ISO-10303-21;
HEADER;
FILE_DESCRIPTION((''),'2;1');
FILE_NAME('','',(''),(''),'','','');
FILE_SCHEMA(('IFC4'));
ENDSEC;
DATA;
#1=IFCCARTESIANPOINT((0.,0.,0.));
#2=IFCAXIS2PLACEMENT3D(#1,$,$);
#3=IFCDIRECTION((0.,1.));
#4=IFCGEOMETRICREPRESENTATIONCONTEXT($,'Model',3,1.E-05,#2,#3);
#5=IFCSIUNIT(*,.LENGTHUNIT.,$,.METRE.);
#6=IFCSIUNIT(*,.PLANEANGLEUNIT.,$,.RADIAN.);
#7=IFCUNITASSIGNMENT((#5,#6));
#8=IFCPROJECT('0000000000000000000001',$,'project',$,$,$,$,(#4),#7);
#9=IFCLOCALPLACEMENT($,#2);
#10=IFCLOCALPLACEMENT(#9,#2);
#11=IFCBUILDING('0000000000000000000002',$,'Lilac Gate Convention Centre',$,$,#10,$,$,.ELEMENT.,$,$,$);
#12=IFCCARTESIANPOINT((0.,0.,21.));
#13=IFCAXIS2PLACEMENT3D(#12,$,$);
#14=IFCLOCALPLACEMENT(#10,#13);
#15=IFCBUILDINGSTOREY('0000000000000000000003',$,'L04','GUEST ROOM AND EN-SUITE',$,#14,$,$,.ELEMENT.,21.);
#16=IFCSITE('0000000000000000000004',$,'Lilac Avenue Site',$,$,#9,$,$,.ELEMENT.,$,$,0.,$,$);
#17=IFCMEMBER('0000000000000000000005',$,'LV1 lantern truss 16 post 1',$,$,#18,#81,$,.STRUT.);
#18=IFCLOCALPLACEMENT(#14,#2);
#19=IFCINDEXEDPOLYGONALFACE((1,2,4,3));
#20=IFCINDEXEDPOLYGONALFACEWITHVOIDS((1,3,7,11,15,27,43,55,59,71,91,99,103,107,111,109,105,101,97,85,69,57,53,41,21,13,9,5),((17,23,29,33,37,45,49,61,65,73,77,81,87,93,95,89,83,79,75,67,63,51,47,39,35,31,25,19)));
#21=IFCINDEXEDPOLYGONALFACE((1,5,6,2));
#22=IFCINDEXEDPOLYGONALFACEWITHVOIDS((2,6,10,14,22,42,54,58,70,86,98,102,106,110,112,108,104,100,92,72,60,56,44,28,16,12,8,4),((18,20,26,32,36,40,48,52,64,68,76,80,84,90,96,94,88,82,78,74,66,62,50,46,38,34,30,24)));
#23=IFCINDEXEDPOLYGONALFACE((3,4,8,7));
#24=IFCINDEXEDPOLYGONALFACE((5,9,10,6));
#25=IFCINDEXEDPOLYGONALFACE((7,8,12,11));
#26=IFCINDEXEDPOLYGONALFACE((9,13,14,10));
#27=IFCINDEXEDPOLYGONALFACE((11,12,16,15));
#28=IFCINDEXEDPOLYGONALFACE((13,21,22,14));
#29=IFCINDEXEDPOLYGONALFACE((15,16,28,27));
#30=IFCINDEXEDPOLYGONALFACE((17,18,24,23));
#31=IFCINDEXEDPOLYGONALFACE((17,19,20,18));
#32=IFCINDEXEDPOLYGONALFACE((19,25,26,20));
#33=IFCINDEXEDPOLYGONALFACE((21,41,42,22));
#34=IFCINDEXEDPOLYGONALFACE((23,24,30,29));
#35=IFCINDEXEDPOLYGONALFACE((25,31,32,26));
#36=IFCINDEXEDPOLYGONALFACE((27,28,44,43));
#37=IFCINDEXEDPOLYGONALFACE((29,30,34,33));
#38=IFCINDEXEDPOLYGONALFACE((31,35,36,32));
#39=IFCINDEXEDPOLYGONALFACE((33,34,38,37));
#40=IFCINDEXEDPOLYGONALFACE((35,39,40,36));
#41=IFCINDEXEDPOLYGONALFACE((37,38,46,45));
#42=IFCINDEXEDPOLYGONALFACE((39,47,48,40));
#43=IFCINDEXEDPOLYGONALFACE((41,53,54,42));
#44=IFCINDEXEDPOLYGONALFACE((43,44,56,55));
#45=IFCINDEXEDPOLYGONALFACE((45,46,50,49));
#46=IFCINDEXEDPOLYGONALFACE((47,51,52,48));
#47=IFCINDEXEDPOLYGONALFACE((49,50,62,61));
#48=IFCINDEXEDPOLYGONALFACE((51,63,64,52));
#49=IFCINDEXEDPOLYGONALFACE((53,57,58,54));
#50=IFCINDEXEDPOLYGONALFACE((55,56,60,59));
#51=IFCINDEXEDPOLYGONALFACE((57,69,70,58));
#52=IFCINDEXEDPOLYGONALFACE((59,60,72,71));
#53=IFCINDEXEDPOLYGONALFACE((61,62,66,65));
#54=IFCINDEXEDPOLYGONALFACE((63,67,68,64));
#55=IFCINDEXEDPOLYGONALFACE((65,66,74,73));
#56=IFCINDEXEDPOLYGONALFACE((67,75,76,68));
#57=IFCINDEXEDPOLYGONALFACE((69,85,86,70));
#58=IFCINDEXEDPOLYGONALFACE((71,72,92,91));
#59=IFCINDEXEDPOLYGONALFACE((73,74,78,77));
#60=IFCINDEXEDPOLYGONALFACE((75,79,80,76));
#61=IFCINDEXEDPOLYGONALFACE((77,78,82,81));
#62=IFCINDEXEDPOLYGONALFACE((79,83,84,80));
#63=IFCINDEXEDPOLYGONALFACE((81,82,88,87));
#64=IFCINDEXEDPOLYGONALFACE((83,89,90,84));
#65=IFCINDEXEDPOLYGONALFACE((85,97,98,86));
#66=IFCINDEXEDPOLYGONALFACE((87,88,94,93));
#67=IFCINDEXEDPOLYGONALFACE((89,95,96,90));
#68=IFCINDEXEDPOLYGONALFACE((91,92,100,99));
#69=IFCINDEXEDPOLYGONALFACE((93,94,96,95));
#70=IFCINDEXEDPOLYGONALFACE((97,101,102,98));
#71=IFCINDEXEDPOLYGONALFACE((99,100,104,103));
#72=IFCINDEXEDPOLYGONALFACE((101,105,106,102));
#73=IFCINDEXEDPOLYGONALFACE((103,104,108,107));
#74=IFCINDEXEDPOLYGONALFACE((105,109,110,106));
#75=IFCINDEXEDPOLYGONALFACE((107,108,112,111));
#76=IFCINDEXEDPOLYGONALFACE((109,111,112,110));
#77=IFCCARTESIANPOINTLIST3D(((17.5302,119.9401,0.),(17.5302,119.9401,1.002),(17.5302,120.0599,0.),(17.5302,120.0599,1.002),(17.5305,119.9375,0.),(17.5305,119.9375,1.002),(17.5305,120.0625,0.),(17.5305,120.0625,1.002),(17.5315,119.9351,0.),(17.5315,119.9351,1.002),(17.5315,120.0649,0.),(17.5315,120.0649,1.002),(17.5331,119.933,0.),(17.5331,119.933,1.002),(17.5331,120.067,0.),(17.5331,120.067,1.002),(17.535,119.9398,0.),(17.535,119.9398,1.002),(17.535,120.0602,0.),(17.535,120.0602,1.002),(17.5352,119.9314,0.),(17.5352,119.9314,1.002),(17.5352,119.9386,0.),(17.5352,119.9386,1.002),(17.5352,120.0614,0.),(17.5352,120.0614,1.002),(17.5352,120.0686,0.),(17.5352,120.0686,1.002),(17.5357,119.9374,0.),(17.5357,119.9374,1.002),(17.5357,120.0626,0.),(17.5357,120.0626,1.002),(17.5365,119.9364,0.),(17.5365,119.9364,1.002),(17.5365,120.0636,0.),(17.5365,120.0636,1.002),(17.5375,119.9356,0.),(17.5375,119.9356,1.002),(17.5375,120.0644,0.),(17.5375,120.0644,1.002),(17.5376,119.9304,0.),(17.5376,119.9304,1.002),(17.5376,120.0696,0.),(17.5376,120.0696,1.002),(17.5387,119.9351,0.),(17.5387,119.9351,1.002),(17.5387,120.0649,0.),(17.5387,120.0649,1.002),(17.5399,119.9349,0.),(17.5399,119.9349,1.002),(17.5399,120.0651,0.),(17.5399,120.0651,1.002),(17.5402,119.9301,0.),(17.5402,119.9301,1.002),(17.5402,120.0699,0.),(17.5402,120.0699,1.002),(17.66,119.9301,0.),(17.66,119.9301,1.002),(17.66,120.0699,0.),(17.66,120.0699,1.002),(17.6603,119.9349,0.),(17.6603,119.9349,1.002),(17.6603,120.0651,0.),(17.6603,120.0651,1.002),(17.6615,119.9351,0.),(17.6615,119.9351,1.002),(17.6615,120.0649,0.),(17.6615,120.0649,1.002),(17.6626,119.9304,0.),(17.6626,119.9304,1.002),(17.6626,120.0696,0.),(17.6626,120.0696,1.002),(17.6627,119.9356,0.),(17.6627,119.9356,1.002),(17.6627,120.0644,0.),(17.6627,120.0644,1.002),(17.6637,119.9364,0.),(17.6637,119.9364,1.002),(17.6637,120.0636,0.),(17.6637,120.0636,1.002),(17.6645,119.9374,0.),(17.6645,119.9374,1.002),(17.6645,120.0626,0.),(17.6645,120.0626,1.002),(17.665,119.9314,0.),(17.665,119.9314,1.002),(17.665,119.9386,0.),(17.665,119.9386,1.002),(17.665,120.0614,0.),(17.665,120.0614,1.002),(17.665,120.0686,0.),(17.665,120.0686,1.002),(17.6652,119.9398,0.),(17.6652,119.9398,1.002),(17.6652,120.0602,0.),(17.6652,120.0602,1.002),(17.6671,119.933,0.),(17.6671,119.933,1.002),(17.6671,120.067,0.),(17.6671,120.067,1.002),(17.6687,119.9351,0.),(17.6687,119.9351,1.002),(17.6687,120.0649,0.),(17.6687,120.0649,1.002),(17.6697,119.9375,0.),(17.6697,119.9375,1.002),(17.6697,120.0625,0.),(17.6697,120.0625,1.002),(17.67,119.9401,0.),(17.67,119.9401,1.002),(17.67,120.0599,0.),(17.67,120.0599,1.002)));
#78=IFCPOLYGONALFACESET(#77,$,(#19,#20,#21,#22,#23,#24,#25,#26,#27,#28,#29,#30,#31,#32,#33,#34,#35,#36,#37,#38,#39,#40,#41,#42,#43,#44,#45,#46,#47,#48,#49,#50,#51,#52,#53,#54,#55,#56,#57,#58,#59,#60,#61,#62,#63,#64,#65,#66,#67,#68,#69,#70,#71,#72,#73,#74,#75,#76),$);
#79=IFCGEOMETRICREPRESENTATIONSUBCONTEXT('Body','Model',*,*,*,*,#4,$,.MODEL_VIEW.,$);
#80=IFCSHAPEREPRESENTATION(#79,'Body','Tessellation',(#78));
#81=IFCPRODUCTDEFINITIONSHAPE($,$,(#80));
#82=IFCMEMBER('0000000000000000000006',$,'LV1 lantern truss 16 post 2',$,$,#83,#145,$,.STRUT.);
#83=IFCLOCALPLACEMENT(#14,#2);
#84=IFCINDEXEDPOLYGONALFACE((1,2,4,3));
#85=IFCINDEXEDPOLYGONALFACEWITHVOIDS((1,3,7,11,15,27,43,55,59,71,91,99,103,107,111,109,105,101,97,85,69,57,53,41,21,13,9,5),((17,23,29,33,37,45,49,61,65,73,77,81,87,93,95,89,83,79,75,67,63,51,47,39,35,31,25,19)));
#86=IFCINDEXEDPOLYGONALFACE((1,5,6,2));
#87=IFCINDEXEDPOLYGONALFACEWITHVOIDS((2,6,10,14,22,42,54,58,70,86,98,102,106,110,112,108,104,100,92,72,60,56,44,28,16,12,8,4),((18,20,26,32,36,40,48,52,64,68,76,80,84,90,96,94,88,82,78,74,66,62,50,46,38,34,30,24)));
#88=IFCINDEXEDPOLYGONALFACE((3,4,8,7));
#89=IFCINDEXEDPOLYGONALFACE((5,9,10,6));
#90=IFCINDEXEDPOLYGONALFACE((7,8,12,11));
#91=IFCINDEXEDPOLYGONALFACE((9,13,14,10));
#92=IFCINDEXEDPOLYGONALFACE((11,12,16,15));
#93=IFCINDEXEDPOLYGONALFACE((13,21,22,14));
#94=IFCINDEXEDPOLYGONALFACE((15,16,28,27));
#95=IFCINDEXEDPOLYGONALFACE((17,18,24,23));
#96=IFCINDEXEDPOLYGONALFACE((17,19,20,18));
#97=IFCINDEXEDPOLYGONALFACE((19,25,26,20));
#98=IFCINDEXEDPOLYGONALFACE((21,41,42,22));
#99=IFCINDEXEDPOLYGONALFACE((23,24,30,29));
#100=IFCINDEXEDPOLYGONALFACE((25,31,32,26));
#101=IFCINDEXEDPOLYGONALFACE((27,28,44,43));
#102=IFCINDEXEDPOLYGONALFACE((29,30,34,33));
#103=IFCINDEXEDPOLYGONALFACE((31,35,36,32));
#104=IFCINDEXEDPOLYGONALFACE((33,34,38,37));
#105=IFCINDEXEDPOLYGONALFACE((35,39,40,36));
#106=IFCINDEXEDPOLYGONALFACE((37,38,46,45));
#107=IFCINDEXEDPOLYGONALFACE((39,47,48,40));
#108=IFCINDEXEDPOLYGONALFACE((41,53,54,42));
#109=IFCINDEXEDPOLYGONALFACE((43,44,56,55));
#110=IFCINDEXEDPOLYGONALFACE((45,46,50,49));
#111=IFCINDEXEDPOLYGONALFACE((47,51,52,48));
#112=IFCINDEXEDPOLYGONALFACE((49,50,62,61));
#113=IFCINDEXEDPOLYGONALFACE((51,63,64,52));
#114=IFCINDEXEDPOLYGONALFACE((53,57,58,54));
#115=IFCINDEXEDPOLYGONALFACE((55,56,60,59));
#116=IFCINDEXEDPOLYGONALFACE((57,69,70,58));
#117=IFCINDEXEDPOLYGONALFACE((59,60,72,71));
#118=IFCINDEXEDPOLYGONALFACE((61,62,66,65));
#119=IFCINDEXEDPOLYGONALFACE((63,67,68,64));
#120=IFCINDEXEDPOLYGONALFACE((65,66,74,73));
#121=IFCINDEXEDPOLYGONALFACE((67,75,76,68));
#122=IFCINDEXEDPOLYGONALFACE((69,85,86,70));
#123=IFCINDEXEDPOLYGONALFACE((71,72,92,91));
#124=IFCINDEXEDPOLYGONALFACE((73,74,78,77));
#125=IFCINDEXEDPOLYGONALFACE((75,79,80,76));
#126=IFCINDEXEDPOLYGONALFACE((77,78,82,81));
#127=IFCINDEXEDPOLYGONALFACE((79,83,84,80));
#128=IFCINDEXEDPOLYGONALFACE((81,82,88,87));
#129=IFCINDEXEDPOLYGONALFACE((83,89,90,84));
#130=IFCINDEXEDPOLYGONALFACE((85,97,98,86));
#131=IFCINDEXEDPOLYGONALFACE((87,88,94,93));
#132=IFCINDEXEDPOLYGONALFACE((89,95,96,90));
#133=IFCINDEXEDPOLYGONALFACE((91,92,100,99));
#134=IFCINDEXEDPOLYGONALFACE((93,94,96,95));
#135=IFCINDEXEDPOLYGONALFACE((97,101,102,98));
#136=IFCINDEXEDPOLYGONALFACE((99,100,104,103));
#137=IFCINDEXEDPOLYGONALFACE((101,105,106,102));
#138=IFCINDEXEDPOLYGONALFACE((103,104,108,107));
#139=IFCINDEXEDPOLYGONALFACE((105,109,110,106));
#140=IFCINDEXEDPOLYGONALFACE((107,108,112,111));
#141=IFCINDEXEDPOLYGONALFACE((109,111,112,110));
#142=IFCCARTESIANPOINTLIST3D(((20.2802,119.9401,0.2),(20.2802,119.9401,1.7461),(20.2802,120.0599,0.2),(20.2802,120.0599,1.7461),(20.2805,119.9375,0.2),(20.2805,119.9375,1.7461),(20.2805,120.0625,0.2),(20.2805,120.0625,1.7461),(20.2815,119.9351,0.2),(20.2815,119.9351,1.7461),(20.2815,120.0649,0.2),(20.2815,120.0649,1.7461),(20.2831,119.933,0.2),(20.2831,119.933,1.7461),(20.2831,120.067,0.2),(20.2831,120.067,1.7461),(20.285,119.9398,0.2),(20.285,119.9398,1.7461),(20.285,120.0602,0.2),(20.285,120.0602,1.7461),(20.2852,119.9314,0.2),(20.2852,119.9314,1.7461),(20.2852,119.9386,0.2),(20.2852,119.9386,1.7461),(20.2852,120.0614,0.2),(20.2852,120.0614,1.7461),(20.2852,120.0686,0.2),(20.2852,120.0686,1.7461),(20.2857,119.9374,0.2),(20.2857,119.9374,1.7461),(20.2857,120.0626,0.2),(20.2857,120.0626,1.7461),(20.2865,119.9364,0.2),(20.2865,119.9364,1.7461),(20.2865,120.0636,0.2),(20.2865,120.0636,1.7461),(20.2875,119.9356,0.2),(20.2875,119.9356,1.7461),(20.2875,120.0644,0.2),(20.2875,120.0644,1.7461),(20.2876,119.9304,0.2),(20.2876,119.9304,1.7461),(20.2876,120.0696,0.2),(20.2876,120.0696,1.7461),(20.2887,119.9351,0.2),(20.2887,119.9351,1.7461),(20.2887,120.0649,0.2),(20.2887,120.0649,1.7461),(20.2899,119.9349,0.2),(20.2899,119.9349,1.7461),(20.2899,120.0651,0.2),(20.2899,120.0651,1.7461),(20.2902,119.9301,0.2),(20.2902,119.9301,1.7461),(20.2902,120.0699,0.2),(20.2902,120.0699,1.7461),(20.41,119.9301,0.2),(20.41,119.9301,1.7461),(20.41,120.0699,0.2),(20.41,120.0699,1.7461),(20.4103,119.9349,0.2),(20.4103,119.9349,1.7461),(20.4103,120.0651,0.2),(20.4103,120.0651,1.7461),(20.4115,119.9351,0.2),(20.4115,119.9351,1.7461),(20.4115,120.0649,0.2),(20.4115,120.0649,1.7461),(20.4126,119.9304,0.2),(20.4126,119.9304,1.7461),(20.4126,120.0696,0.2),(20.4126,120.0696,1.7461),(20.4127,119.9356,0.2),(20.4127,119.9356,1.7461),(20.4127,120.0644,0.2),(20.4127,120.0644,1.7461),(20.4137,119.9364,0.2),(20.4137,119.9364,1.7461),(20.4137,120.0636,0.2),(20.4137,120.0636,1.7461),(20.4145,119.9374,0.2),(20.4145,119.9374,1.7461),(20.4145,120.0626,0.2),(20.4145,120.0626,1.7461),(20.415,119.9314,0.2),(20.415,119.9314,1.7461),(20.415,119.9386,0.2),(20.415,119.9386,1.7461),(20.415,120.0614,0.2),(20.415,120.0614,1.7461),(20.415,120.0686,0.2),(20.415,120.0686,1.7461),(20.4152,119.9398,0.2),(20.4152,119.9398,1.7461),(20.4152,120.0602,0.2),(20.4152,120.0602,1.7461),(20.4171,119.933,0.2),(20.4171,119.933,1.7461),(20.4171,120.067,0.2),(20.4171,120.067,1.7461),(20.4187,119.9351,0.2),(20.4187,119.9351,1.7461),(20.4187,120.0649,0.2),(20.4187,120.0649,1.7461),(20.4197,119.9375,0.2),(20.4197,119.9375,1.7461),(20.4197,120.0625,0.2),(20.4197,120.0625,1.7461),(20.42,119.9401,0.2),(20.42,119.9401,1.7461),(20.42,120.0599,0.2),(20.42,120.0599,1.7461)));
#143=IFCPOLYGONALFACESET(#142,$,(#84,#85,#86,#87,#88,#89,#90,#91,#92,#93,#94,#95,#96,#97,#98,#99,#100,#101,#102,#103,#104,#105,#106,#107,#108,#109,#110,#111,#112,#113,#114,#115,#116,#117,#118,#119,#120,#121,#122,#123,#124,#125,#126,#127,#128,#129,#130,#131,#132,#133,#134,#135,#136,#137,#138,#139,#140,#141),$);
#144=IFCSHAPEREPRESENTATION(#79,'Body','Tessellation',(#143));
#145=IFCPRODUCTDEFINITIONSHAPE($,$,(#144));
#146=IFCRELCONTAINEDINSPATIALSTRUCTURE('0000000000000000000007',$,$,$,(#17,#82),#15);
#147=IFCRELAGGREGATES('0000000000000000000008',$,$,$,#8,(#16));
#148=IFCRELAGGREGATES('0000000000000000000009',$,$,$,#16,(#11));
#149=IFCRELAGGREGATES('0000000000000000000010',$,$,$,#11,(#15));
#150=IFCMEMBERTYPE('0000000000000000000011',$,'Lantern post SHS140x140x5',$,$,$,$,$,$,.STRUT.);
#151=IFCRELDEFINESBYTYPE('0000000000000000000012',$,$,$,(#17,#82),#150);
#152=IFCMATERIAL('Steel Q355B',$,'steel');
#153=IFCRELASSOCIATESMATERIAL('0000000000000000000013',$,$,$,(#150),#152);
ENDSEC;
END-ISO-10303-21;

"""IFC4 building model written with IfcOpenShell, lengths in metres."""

from ifc_helpers import new_model, si_unit, direction, frame, origin, origin_2d, place, context, subcontext, project, spatial, hollow_rectangle, extrude, material, material_profile, profile_set, type_object, element, save


model = new_model("IFC4")

# Units and contexts
model_context = context("Model", 3, precision=1e-05, world=origin(), true_north=direction((0.0, 1.0)))
body_context = subcontext(model_context, "Body", "Model", "MODEL_VIEW")
ifc_project = project(units=[si_unit("LENGTHUNIT", "METRE"), si_unit("PLANEANGLEUNIT", "RADIAN")], contexts=[model_context])

# Site, building, storey
site_placement = place(None, origin())
site = spatial("IfcSite", under=ifc_project, at=site_placement, Name="Lilac Avenue Site", CompositionType="ELEMENT", RefElevation=0.0)
building_placement = place(site_placement, origin())
building = spatial("IfcBuilding", under=site, at=building_placement, Name="Lilac Gate Convention Centre", CompositionType="ELEMENT")
storey_placement = place(building_placement, frame((0.0, 0.0, 21.0)))
storey = spatial("IfcBuildingStorey", under=building, at=storey_placement, Name="L04", Description="GUEST ROOM AND EN-SUITE", CompositionType="ELEMENT", Elevation=21.0)

# Members
ifc_material_1 = material(Name="Steel Q355B", Category="steel")
ifc_material_profile_1 = material_profile(ifc_material_1, hollow_rectangle(XDim=0.1399, YDim=0.1399, WallThickness=0.0049, InnerFilletRadius=0.0049, OuterFilletRadius=0.01, at=origin_2d()), Name="SHS140x140x5")
ifc_profile_set_1 = profile_set([ifc_material_profile_1], Name="Steel Q355B")
member_type_1 = type_object("IfcMemberType", Name="Lantern post SHS140x140x5", PredefinedType="STRUT", material=ifc_profile_set_1)
member_1_placement = place(storey_placement, frame((17.6001, 120.0, 0.0), z_axis=(0.0, 0.0, 1.0), x_axis=(1.0, 0.0, 0.0)))
element("IfcMember", 1, at=member_1_placement, inside=storey, type_object=member_type_1, Name="LV1 lantern truss 16 post 1", PredefinedType="STRUT", context=body_context, shape_type="SweptSolid", body=[
    extrude(hollow_rectangle(XDim=0.1399, YDim=0.1399, WallThickness=0.0049, InnerFilletRadius=0.0049, OuterFilletRadius=0.01, at=origin_2d()), origin(), (0.0, 0.0, 1.0), 1.002),
])
member_2_placement = place(storey_placement, frame((20.3501, 120.0, 0.2), z_axis=(0.0, 0.0, 1.0), x_axis=(1.0, 0.0, 0.0)))
element("IfcMember", 2, at=member_2_placement, inside=storey, type_object=member_type_1, Name="LV1 lantern truss 16 post 2", PredefinedType="STRUT", context=body_context, shape_type="SweptSolid", body=[
    extrude(hollow_rectangle(XDim=0.1399, YDim=0.1399, WallThickness=0.0049, InnerFilletRadius=0.0049, OuterFilletRadius=0.01, at=origin_2d()), origin(), (0.0, 0.0, 1.0), 1.5461),
])

save(model, "model.ifc")
